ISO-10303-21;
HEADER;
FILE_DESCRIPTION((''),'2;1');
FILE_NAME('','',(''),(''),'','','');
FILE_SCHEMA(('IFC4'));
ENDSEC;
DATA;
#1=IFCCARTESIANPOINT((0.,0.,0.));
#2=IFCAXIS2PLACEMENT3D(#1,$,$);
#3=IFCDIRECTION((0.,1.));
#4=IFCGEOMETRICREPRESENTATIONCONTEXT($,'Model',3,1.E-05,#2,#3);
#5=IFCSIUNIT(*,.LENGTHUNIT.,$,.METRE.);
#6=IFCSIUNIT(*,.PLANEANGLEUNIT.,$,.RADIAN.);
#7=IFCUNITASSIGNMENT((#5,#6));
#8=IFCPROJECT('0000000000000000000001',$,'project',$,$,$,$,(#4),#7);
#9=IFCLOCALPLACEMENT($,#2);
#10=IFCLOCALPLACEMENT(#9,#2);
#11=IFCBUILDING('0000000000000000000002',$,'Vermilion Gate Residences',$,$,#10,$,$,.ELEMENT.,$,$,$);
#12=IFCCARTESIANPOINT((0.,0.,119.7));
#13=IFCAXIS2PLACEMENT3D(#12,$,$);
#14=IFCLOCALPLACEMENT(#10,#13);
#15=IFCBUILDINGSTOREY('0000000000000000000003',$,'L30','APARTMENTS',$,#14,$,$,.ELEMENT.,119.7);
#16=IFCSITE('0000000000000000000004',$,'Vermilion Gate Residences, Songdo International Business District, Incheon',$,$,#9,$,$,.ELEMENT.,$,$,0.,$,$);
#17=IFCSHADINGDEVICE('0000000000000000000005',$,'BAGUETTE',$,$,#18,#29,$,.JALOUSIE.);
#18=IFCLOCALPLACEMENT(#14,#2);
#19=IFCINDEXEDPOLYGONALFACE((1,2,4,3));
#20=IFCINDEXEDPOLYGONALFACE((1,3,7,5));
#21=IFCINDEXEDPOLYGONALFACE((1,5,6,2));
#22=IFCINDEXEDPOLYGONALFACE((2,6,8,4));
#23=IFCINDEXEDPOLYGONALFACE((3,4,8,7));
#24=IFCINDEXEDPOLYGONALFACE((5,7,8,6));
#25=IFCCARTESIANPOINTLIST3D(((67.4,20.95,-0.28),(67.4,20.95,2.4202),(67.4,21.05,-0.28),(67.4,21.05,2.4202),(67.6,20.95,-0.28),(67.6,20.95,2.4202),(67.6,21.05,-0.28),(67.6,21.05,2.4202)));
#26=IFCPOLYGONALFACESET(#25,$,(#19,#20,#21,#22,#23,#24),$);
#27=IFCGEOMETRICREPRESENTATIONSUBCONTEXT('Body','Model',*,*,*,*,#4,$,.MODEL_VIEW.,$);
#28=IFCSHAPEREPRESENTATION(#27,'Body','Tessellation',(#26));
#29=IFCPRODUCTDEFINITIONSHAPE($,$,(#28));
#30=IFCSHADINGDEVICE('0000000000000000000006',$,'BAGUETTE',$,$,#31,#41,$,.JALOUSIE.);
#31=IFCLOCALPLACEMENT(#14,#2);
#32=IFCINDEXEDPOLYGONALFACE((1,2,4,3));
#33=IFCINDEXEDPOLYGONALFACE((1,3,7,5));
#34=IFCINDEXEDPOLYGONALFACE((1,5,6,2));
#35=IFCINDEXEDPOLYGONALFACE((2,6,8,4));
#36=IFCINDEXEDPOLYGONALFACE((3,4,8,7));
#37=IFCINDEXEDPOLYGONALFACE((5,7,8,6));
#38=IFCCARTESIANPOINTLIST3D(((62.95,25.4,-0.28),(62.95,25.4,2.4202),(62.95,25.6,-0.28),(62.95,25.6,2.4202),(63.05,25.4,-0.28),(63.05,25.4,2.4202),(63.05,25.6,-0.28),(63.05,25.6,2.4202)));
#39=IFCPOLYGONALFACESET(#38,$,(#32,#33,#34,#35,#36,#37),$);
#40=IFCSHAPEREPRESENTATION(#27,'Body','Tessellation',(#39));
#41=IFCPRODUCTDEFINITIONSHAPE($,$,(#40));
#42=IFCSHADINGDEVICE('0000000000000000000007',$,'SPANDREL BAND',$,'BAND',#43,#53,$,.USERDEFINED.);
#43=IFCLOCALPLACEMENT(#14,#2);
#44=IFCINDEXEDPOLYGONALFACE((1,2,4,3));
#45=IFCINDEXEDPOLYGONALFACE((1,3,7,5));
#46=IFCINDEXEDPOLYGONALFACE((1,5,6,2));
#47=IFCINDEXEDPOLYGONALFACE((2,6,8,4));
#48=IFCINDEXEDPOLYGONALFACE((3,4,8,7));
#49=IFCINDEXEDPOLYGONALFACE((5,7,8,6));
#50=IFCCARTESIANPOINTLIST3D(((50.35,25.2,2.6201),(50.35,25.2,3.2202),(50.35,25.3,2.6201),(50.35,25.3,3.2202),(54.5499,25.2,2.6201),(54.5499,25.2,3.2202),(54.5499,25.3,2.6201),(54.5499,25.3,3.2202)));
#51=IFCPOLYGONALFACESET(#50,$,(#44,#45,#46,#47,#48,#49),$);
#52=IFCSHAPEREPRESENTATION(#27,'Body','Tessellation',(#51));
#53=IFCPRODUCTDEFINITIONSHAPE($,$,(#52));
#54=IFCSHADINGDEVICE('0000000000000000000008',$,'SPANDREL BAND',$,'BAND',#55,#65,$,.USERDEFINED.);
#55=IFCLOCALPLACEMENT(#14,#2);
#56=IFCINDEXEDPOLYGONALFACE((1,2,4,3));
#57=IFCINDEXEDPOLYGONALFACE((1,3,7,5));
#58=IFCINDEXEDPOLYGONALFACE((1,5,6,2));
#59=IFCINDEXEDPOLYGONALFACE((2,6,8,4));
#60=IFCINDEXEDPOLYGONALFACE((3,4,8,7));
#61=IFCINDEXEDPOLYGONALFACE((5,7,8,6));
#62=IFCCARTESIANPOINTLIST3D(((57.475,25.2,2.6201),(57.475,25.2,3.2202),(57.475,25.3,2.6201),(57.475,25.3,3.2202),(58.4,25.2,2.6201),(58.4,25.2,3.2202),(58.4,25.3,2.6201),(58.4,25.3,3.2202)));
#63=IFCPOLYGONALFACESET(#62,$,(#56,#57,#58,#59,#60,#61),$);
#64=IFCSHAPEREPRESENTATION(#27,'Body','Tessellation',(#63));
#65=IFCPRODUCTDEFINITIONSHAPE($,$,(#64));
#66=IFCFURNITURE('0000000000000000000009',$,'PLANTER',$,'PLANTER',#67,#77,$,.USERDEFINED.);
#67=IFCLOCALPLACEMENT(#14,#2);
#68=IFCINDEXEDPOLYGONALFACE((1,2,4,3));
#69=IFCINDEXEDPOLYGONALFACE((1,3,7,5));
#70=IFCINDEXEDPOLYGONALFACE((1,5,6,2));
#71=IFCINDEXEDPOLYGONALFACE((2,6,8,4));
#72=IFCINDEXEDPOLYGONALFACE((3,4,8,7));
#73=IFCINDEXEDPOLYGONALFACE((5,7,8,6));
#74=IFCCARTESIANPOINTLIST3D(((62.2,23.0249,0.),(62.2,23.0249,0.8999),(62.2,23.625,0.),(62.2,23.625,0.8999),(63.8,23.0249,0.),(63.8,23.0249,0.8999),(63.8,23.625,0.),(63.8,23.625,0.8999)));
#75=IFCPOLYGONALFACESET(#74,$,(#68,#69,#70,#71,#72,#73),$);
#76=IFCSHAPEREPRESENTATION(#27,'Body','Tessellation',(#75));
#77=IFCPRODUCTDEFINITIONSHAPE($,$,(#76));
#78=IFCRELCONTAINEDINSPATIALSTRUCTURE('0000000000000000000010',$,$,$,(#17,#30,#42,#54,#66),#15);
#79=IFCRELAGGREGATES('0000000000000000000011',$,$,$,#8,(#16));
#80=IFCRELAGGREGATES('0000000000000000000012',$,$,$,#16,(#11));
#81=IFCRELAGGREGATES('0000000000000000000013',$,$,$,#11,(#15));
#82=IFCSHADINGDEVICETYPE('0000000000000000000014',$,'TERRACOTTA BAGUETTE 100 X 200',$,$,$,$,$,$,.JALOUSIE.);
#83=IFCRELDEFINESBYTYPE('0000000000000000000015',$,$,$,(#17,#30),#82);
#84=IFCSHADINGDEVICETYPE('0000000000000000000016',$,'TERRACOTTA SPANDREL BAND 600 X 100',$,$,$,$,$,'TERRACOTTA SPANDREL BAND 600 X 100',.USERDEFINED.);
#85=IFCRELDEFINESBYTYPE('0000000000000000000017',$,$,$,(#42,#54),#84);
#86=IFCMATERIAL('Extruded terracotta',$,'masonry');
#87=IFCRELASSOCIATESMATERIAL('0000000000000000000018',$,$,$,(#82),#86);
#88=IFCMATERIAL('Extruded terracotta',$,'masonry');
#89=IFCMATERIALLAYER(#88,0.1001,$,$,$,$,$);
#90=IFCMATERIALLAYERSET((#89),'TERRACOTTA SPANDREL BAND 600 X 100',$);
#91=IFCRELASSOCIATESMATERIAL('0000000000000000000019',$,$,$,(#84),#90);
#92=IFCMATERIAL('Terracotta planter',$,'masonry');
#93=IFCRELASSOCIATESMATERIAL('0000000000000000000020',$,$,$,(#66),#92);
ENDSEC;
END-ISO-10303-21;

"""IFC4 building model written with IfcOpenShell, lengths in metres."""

from ifc_helpers import new_model, si_unit, direction, frame, origin, origin_2d, place, context, subcontext, project, spatial, rectangle, extrude, material, layer, layer_set, material_profile, profile_set, type_object, element, save


model = new_model("IFC4")

# Units and contexts
model_context = context("Model", 3, precision=1e-05, world=origin(), true_north=direction((0.0, 1.0)))
body_context = subcontext(model_context, "Body", "Model", "MODEL_VIEW")
ifc_project = project(units=[si_unit("LENGTHUNIT", "METRE"), si_unit("PLANEANGLEUNIT", "RADIAN")], contexts=[model_context])

# Site, building, storey
site_placement = place(None, origin())
site = spatial("IfcSite", under=ifc_project, at=site_placement, Name="Vermilion Gate Residences, Songdo International Business District, Incheon", CompositionType="ELEMENT", RefElevation=0.0)
building_placement = place(site_placement, origin())
building = spatial("IfcBuilding", under=site, at=building_placement, Name="Vermilion Gate Residences", CompositionType="ELEMENT")
storey_placement = place(building_placement, frame((0.0, 0.0, 119.7)))
storey = spatial("IfcBuildingStorey", under=building, at=storey_placement, Name="L30", Description="APARTMENTS", CompositionType="ELEMENT", Elevation=119.7)

# Shading devices
ifc_material_1 = material(Name="Extruded terracotta", Category="masonry")
ifc_material_profile_1 = material_profile(ifc_material_1, rectangle(XDim=0.2, YDim=0.1001, at=origin_2d()), Name="BAGUETTE 100 X 200")
ifc_profile_set_1 = profile_set([ifc_material_profile_1], Name="Extruded terracotta")
shading_device_type_1 = type_object("IfcShadingDeviceType", Name="TERRACOTTA BAGUETTE 100 X 200", PredefinedType="JALOUSIE", material=ifc_profile_set_1)
for number, where, z_axis, x_axis, name in (
    (1, (67.5, 21.0, -0.28), (0.0, 0.0, 1.0), (-1.0, 0.0, 0.0), "BAGUETTE"),
    (2, (63.0, 25.5, -0.28), (0.0, 0.0, 1.0), (0.0, -1.0, 0.0), "BAGUETTE"),
):
    element("IfcShadingDevice", number, at=place(storey_placement, frame(where, z_axis=z_axis, x_axis=x_axis)), inside=storey, type_object=shading_device_type_1, Name=name, PredefinedType="JALOUSIE", context=body_context, shape_type="SweptSolid", body=[
        extrude(rectangle(XDim=0.2, YDim=0.1001, at=origin_2d()), origin(), (0.0, 0.0, 1.0), 2.7002),
    ])
ifc_material_2 = material(Name="Extruded terracotta", Category="masonry")
ifc_layer_1 = layer(ifc_material_2, 0.1001)
ifc_layer_set_1 = layer_set([ifc_layer_1], Name="TERRACOTTA SPANDREL BAND 600 X 100")
shading_device_type_2 = type_object("IfcShadingDeviceType", Name="TERRACOTTA SPANDREL BAND 600 X 100", ElementType="TERRACOTTA SPANDREL BAND 600 X 100", PredefinedType="USERDEFINED", material=ifc_layer_set_1)
shading_device_1_placement = place(storey_placement, frame((52.45, 25.25, 2.6201), z_axis=(0.0, 0.0, 1.0), x_axis=(1.0, 0.0, 0.0)))
element("IfcShadingDevice", 3, at=shading_device_1_placement, inside=storey, type_object=shading_device_type_2, Name="SPANDREL BAND", ObjectType="BAND", PredefinedType="USERDEFINED", context=body_context, shape_type="SweptSolid", body=[
    extrude(rectangle(XDim=4.2, YDim=0.1001, at=origin_2d()), origin(), (0.0, 0.0, 1.0), 0.6001),
])
shading_device_2_placement = place(storey_placement, frame((57.9375, 25.25, 2.6201), z_axis=(0.0, 0.0, 1.0), x_axis=(1.0, 0.0, 0.0)))
element("IfcShadingDevice", 4, at=shading_device_2_placement, inside=storey, type_object=shading_device_type_2, Name="SPANDREL BAND", ObjectType="BAND", PredefinedType="USERDEFINED", context=body_context, shape_type="SweptSolid", body=[
    extrude(rectangle(XDim=0.925, YDim=0.1001, at=origin_2d()), origin(), (0.0, 0.0, 1.0), 0.6001),
])

# Furniture
ifc_material_3 = material(Name="Terracotta planter", Category="masonry")
furniture_placement = place(storey_placement, frame((63.0, 23.325, 0.0), z_axis=(0.0, 0.0, 1.0), x_axis=(-1.0, 0.0, 0.0)))
element("IfcFurniture", 5, at=furniture_placement, inside=storey, material=ifc_material_3, Name="PLANTER", ObjectType="PLANTER", PredefinedType="USERDEFINED", context=body_context, shape_type="SweptSolid", body=[
    extrude(rectangle(XDim=1.6001, YDim=0.6001, at=origin_2d()), origin(), (0.0, 0.0, 1.0), 0.8999),
])

save(model, "model.ifc")
